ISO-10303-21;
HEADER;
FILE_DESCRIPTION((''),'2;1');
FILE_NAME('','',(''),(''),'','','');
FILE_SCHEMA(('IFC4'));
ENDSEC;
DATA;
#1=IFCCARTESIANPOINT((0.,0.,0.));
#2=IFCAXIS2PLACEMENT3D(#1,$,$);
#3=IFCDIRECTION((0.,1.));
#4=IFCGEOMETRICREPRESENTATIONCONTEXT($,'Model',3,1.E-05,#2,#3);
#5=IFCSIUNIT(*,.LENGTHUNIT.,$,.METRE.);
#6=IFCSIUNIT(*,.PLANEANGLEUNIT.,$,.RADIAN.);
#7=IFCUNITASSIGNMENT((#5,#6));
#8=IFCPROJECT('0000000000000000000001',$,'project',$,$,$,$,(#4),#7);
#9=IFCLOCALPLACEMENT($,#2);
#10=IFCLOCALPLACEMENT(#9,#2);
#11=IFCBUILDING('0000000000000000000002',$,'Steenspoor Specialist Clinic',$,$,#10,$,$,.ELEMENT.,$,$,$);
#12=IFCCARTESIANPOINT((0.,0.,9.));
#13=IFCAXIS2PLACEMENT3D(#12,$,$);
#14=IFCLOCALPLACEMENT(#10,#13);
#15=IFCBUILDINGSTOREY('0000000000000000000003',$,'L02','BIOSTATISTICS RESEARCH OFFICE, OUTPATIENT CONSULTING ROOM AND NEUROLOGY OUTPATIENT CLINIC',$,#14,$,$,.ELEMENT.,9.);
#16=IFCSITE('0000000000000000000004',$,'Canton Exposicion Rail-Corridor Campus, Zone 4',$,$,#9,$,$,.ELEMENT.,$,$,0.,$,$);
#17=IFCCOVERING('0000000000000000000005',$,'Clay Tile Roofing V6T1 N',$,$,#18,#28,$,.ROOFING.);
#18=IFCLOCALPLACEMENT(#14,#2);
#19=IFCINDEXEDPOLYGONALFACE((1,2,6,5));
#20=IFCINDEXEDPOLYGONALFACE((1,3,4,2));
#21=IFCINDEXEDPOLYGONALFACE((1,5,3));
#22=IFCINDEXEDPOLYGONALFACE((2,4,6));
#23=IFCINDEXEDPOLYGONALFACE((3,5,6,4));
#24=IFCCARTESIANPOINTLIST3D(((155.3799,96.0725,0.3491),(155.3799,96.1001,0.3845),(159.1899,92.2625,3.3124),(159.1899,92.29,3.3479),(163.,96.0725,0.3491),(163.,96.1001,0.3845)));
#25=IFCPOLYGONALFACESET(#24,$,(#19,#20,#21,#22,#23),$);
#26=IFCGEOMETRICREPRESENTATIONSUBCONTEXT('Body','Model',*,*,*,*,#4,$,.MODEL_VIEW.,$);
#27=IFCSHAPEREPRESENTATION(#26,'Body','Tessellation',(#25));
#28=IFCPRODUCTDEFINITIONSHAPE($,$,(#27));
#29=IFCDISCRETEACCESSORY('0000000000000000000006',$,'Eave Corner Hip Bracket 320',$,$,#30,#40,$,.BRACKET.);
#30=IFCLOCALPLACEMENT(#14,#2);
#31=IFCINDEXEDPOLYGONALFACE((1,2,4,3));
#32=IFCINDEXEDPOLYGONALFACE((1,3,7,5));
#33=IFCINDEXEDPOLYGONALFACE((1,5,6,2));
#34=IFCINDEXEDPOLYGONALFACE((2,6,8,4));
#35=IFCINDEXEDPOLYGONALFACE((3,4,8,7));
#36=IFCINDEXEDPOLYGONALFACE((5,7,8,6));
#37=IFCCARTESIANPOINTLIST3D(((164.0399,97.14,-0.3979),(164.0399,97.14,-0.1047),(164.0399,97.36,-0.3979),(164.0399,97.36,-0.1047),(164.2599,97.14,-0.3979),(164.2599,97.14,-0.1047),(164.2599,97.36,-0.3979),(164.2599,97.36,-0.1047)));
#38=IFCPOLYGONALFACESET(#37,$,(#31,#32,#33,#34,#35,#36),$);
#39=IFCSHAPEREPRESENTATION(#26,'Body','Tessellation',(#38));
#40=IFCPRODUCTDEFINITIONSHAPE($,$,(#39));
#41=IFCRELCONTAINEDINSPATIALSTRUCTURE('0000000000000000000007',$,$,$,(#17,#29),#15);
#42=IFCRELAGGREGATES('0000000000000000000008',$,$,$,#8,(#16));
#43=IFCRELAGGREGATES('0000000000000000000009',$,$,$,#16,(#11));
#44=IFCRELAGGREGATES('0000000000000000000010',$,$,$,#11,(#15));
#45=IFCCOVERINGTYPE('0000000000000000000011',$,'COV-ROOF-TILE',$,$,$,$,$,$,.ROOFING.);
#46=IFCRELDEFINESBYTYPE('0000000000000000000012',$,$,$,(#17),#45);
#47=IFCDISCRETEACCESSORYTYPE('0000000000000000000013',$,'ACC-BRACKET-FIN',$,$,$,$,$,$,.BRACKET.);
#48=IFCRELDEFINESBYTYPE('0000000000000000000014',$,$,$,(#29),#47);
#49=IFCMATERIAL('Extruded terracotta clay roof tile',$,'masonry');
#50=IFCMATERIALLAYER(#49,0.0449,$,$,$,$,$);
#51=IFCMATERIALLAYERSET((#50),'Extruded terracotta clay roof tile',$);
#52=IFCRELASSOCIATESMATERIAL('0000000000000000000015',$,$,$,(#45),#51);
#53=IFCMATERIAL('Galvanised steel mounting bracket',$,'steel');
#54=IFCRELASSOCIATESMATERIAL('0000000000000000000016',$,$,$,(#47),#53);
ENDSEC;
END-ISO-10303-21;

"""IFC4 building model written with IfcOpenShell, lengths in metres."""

from ifc_helpers import new_model, si_unit, direction, frame, origin, origin_2d, place, context, subcontext, project, spatial, polyline, rectangle, outline, extrude, material, layer, layer_set, type_object, element, save


model = new_model("IFC4")

# Units and contexts
model_context = context("Model", 3, precision=1e-05, world=origin(), true_north=direction((0.0, 1.0)))
body_context = subcontext(model_context, "Body", "Model", "MODEL_VIEW")
ifc_project = project(units=[si_unit("LENGTHUNIT", "METRE"), si_unit("PLANEANGLEUNIT", "RADIAN")], contexts=[model_context])

# Site, building, storey
site_placement = place(None, origin())
site = spatial("IfcSite", under=ifc_project, at=site_placement, Name="Canton Exposicion Rail-Corridor Campus, Zone 4", CompositionType="ELEMENT", RefElevation=0.0)
building_placement = place(site_placement, origin())
building = spatial("IfcBuilding", under=site, at=building_placement, Name="Steenspoor Specialist Clinic", CompositionType="ELEMENT")
storey_placement = place(building_placement, frame((0.0, 0.0, 9.0)))
storey = spatial("IfcBuildingStorey", under=building, at=storey_placement, Name="L02", Description="BIOSTATISTICS RESEARCH OFFICE, OUTPATIENT CONSULTING ROOM AND NEUROLOGY OUTPATIENT CLINIC", CompositionType="ELEMENT", Elevation=9.0)

# Shared definitions
ifc_material_1 = material(Name="Extruded terracotta clay roof tile", Category="masonry")

# Covering
ifc_layer_1 = layer(ifc_material_1, 0.0449)
ifc_layer_set_1 = layer_set([ifc_layer_1], Name="Extruded terracotta clay roof tile")
covering_type = type_object("IfcCoveringType", Name="COV-ROOF-TILE", PredefinedType="ROOFING", material=ifc_layer_set_1)
covering_1_placement = place(storey_placement, frame((163.0, 96.1001, 0.3845), z_axis=(0.0, 0.613941, 0.789352), x_axis=(-1.0, 0.0, 0.0)))
element("IfcCovering", 1, at=covering_1_placement, inside=storey, type_object=covering_type, Name="Clay Tile Roofing V6T1 N", PredefinedType="ROOFING", context=body_context, shape_type="SweptSolid", body=[
    extrude(outline(polyline([(0.0, 0.0), (7.6201, 0.0), (3.8101, 4.8268), (0.0, 0.0)])), origin(), (0.0, 0.0, -1.0), 0.0449),
])

# Discrete accessory
ifc_material_2 = material(Name="Galvanised steel mounting bracket", Category="steel")
discrete_accessory_type = type_object("IfcDiscreteAccessoryType", Name="ACC-BRACKET-FIN", PredefinedType="BRACKET", material=ifc_material_2)
discrete_accessory_placement = place(storey_placement, frame((164.1499, 97.25, -0.3979), z_axis=(0.0, 0.0, 1.0), x_axis=(1.0, 0.0, 0.0)))
element("IfcDiscreteAccessory", 2, at=discrete_accessory_placement, inside=storey, type_object=discrete_accessory_type, Name="Eave Corner Hip Bracket 320", PredefinedType="BRACKET", context=body_context, shape_type="SweptSolid", body=[
    extrude(rectangle(XDim=0.22, YDim=0.22, at=origin_2d()), origin(), (0.0, 0.0, 1.0), 0.2932),
])

save(model, "model.ifc")
